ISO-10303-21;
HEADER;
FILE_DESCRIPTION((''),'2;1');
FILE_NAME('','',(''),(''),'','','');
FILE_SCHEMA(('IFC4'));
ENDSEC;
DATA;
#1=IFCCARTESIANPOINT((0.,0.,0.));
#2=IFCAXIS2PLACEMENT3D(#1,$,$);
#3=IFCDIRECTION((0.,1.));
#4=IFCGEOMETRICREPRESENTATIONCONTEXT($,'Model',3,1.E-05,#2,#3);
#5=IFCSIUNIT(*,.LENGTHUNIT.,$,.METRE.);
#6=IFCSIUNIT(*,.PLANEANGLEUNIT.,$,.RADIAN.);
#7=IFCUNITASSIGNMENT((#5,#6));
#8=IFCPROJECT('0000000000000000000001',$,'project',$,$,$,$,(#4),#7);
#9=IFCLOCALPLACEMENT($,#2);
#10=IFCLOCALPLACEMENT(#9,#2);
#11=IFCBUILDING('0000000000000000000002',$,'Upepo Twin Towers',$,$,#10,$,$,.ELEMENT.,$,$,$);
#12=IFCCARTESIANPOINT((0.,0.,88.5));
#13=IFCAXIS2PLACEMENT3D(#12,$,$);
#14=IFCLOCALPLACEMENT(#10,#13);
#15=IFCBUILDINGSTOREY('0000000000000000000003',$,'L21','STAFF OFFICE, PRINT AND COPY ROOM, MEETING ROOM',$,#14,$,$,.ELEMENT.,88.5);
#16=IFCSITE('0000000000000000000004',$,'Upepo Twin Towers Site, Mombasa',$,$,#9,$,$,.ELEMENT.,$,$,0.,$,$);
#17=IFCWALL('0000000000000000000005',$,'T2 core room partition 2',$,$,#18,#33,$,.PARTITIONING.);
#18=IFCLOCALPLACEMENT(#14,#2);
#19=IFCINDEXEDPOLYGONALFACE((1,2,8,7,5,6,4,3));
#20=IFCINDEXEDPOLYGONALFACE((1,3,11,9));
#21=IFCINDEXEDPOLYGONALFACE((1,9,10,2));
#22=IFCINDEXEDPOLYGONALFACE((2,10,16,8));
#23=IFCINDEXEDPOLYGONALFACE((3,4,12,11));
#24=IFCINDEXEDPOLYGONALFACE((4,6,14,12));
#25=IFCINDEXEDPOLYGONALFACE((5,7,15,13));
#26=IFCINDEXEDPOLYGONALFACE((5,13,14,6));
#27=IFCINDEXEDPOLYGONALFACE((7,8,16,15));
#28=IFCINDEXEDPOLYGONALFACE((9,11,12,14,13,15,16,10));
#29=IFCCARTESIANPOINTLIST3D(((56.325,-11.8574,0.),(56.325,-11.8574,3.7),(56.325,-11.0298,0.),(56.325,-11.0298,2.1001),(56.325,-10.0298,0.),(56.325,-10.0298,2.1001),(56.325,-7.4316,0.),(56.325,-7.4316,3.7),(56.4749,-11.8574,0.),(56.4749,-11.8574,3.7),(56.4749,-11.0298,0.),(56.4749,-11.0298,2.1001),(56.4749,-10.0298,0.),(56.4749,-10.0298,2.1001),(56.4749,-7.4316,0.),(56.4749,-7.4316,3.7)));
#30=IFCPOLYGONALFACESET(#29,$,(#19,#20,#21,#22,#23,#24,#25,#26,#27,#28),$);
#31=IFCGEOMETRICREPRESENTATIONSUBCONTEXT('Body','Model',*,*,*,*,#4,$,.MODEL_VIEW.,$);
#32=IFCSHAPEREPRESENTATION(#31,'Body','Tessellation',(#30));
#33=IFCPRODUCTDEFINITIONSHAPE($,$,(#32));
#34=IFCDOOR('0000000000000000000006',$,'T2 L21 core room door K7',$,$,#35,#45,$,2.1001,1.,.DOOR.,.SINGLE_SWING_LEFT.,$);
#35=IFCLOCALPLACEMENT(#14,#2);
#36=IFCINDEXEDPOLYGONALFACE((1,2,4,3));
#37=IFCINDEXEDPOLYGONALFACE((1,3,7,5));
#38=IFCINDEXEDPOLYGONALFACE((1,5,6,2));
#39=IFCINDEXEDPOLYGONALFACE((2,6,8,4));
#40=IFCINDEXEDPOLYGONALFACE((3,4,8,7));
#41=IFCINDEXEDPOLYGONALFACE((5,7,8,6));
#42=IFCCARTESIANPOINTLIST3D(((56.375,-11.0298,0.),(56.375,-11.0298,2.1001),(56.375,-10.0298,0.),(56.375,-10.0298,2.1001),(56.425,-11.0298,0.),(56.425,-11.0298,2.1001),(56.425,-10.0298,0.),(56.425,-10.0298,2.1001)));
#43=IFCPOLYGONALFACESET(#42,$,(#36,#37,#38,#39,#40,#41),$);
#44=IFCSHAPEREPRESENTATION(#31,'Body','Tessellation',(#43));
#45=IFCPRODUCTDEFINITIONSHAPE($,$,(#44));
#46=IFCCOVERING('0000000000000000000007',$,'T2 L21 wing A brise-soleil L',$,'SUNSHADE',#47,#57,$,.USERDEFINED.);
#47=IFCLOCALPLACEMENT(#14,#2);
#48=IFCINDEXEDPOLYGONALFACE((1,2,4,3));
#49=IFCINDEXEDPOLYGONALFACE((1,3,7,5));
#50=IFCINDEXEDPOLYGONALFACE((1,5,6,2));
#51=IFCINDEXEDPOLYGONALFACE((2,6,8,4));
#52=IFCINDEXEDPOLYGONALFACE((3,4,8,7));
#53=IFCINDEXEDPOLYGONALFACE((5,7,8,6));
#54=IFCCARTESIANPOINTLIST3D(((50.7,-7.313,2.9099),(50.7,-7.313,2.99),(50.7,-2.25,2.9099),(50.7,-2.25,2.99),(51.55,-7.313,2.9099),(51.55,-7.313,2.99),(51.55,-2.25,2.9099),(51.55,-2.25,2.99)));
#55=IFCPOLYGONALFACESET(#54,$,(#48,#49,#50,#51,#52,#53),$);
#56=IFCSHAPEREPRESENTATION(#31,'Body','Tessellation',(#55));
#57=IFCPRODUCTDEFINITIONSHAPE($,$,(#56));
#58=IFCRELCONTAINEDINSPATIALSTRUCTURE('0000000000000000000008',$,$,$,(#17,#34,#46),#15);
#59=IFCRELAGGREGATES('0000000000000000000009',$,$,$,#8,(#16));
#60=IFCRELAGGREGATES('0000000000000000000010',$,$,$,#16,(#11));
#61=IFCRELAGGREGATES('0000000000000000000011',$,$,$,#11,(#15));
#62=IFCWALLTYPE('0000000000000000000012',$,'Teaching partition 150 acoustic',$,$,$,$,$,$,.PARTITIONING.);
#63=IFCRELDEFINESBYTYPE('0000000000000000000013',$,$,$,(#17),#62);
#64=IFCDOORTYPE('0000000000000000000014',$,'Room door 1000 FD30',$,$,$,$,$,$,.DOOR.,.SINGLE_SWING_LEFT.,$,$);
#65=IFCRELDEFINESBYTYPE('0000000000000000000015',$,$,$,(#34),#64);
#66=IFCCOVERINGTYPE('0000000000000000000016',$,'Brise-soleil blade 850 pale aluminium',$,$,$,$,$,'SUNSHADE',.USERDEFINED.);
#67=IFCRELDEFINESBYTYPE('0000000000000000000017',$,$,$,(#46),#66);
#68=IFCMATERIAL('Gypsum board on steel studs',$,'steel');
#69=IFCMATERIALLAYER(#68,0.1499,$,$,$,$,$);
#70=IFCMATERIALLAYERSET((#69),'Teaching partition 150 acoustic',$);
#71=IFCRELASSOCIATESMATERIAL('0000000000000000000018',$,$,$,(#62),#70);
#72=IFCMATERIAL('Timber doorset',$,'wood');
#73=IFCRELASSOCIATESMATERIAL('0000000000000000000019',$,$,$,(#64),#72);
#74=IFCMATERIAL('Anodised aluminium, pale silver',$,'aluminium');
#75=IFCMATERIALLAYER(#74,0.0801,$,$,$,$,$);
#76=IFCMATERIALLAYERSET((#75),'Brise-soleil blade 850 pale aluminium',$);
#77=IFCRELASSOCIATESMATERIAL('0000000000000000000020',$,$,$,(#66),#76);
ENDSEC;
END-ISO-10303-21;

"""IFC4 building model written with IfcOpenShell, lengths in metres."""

from ifc_helpers import new_model, si_unit, direction, frame, frame_2d, origin, origin_2d, place, context, subcontext, project, spatial, rectangle, extrude, material, layer, layer_set, type_object, element, fill, save


model = new_model("IFC4")

# Units and contexts
model_context = context("Model", 3, precision=1e-05, world=origin(), true_north=direction((0.0, 1.0)))
body_context = subcontext(model_context, "Body", "Model", "MODEL_VIEW")
ifc_project = project(units=[si_unit("LENGTHUNIT", "METRE"), si_unit("PLANEANGLEUNIT", "RADIAN")], contexts=[model_context])

# Site, building, storey
site_placement = place(None, origin())
site = spatial("IfcSite", under=ifc_project, at=site_placement, Name="Upepo Twin Towers Site, Mombasa", CompositionType="ELEMENT", RefElevation=0.0)
building_placement = place(site_placement, origin())
building = spatial("IfcBuilding", under=site, at=building_placement, Name="Upepo Twin Towers", CompositionType="ELEMENT")
storey_placement = place(building_placement, frame((0.0, 0.0, 88.5)))
storey = spatial("IfcBuildingStorey", under=building, at=storey_placement, Name="L21", Description="STAFF OFFICE, PRINT AND COPY ROOM, MEETING ROOM", CompositionType="ELEMENT", Elevation=88.5)

# Wall, opening, door
ifc_material_1 = material(Name="Gypsum board on steel studs", Category="steel")
ifc_layer_1 = layer(ifc_material_1, 0.1499)
ifc_layer_set_1 = layer_set([ifc_layer_1], Name="Teaching partition 150 acoustic")
wall_type_1 = type_object("IfcWallType", Name="Teaching partition 150 acoustic", PredefinedType="PARTITIONING", material=ifc_layer_set_1)
wall_1_placement = place(storey_placement, frame((56.3999, -11.8574, 0.0), z_axis=(0.0, 0.0, 1.0), x_axis=(0.0, 1.0, 0.0)))
wall_1 = element("IfcWall", 1, at=wall_1_placement, inside=storey, type_object=wall_type_1, Name="T2 core room partition 2", PredefinedType="PARTITIONING", context=body_context, shape_type="SweptSolid", body=[
    extrude(rectangle(XDim=4.4258, YDim=0.1499, at=frame_2d((2.2129, 0.0))), origin(), (0.0, 0.0, 1.0), 3.7),
])
opening_1_placement = place(wall_1_placement, frame((0.8276, 0.0, 0.0)))
opening_1 = element("IfcOpeningElement", 2, at=opening_1_placement, cuts=wall_1, PredefinedType="OPENING", context=body_context, shape_type="SweptSolid", body=[
    extrude(rectangle(XDim=1.0, YDim=2.1001, at=frame_2d((0.5, 1.05))), frame((0.0, 0.085, 0.0), z_axis=(0.0, -1.0, 0.0), x_axis=(1.0, 0.0, 0.0)), (0.0, 0.0, 1.0), 0.1699),
])
ifc_material_2 = material(Name="Timber doorset", Category="wood")
door_type_1 = type_object("IfcDoorType", Name="Room door 1000 FD30", OperationType="SINGLE_SWING_LEFT", PredefinedType="DOOR", material=ifc_material_2)
door_1_placement = place(opening_1_placement, origin())
door_1 = element("IfcDoor", 3, at=door_1_placement, inside=storey, type_object=door_type_1, Name="T2 L21 core room door K7", OperationType="SINGLE_SWING_LEFT", OverallHeight=2.1001, OverallWidth=1.0, PredefinedType="DOOR", context=body_context, shape_type="SweptSolid", body=[
    extrude(rectangle(XDim=1.0, YDim=2.1001, at=frame_2d((0.5, 1.05))), frame((0.0, 0.0249, 0.0), z_axis=(0.0, -1.0, 0.0), x_axis=(1.0, 0.0, 0.0)), (0.0, 0.0, 1.0), 0.05),
])
fill(opening_1, door_1)

# Covering
ifc_material_3 = material(Name="Anodised aluminium, pale silver", Category="aluminium")
ifc_layer_2 = layer(ifc_material_3, 0.0801)
ifc_layer_set_2 = layer_set([ifc_layer_2], Name="Brise-soleil blade 850 pale aluminium")
covering_type = type_object("IfcCoveringType", Name="Brise-soleil blade 850 pale aluminium", ElementType="SUNSHADE", PredefinedType="USERDEFINED", material=ifc_layer_set_2)
covering_placement = place(storey_placement, frame((51.125, -4.7815, 2.9099), z_axis=(0.0, 0.0, 1.0), x_axis=(0.0, 1.0, 0.0)))
element("IfcCovering", 4, at=covering_placement, inside=storey, type_object=covering_type, Name="T2 L21 wing A brise-soleil L", ObjectType="SUNSHADE", PredefinedType="USERDEFINED", context=body_context, shape_type="SweptSolid", body=[
    extrude(rectangle(XDim=5.063, YDim=0.8501, at=origin_2d()), origin(), (0.0, 0.0, 1.0), 0.0801),
])

save(model, "model.ifc")
